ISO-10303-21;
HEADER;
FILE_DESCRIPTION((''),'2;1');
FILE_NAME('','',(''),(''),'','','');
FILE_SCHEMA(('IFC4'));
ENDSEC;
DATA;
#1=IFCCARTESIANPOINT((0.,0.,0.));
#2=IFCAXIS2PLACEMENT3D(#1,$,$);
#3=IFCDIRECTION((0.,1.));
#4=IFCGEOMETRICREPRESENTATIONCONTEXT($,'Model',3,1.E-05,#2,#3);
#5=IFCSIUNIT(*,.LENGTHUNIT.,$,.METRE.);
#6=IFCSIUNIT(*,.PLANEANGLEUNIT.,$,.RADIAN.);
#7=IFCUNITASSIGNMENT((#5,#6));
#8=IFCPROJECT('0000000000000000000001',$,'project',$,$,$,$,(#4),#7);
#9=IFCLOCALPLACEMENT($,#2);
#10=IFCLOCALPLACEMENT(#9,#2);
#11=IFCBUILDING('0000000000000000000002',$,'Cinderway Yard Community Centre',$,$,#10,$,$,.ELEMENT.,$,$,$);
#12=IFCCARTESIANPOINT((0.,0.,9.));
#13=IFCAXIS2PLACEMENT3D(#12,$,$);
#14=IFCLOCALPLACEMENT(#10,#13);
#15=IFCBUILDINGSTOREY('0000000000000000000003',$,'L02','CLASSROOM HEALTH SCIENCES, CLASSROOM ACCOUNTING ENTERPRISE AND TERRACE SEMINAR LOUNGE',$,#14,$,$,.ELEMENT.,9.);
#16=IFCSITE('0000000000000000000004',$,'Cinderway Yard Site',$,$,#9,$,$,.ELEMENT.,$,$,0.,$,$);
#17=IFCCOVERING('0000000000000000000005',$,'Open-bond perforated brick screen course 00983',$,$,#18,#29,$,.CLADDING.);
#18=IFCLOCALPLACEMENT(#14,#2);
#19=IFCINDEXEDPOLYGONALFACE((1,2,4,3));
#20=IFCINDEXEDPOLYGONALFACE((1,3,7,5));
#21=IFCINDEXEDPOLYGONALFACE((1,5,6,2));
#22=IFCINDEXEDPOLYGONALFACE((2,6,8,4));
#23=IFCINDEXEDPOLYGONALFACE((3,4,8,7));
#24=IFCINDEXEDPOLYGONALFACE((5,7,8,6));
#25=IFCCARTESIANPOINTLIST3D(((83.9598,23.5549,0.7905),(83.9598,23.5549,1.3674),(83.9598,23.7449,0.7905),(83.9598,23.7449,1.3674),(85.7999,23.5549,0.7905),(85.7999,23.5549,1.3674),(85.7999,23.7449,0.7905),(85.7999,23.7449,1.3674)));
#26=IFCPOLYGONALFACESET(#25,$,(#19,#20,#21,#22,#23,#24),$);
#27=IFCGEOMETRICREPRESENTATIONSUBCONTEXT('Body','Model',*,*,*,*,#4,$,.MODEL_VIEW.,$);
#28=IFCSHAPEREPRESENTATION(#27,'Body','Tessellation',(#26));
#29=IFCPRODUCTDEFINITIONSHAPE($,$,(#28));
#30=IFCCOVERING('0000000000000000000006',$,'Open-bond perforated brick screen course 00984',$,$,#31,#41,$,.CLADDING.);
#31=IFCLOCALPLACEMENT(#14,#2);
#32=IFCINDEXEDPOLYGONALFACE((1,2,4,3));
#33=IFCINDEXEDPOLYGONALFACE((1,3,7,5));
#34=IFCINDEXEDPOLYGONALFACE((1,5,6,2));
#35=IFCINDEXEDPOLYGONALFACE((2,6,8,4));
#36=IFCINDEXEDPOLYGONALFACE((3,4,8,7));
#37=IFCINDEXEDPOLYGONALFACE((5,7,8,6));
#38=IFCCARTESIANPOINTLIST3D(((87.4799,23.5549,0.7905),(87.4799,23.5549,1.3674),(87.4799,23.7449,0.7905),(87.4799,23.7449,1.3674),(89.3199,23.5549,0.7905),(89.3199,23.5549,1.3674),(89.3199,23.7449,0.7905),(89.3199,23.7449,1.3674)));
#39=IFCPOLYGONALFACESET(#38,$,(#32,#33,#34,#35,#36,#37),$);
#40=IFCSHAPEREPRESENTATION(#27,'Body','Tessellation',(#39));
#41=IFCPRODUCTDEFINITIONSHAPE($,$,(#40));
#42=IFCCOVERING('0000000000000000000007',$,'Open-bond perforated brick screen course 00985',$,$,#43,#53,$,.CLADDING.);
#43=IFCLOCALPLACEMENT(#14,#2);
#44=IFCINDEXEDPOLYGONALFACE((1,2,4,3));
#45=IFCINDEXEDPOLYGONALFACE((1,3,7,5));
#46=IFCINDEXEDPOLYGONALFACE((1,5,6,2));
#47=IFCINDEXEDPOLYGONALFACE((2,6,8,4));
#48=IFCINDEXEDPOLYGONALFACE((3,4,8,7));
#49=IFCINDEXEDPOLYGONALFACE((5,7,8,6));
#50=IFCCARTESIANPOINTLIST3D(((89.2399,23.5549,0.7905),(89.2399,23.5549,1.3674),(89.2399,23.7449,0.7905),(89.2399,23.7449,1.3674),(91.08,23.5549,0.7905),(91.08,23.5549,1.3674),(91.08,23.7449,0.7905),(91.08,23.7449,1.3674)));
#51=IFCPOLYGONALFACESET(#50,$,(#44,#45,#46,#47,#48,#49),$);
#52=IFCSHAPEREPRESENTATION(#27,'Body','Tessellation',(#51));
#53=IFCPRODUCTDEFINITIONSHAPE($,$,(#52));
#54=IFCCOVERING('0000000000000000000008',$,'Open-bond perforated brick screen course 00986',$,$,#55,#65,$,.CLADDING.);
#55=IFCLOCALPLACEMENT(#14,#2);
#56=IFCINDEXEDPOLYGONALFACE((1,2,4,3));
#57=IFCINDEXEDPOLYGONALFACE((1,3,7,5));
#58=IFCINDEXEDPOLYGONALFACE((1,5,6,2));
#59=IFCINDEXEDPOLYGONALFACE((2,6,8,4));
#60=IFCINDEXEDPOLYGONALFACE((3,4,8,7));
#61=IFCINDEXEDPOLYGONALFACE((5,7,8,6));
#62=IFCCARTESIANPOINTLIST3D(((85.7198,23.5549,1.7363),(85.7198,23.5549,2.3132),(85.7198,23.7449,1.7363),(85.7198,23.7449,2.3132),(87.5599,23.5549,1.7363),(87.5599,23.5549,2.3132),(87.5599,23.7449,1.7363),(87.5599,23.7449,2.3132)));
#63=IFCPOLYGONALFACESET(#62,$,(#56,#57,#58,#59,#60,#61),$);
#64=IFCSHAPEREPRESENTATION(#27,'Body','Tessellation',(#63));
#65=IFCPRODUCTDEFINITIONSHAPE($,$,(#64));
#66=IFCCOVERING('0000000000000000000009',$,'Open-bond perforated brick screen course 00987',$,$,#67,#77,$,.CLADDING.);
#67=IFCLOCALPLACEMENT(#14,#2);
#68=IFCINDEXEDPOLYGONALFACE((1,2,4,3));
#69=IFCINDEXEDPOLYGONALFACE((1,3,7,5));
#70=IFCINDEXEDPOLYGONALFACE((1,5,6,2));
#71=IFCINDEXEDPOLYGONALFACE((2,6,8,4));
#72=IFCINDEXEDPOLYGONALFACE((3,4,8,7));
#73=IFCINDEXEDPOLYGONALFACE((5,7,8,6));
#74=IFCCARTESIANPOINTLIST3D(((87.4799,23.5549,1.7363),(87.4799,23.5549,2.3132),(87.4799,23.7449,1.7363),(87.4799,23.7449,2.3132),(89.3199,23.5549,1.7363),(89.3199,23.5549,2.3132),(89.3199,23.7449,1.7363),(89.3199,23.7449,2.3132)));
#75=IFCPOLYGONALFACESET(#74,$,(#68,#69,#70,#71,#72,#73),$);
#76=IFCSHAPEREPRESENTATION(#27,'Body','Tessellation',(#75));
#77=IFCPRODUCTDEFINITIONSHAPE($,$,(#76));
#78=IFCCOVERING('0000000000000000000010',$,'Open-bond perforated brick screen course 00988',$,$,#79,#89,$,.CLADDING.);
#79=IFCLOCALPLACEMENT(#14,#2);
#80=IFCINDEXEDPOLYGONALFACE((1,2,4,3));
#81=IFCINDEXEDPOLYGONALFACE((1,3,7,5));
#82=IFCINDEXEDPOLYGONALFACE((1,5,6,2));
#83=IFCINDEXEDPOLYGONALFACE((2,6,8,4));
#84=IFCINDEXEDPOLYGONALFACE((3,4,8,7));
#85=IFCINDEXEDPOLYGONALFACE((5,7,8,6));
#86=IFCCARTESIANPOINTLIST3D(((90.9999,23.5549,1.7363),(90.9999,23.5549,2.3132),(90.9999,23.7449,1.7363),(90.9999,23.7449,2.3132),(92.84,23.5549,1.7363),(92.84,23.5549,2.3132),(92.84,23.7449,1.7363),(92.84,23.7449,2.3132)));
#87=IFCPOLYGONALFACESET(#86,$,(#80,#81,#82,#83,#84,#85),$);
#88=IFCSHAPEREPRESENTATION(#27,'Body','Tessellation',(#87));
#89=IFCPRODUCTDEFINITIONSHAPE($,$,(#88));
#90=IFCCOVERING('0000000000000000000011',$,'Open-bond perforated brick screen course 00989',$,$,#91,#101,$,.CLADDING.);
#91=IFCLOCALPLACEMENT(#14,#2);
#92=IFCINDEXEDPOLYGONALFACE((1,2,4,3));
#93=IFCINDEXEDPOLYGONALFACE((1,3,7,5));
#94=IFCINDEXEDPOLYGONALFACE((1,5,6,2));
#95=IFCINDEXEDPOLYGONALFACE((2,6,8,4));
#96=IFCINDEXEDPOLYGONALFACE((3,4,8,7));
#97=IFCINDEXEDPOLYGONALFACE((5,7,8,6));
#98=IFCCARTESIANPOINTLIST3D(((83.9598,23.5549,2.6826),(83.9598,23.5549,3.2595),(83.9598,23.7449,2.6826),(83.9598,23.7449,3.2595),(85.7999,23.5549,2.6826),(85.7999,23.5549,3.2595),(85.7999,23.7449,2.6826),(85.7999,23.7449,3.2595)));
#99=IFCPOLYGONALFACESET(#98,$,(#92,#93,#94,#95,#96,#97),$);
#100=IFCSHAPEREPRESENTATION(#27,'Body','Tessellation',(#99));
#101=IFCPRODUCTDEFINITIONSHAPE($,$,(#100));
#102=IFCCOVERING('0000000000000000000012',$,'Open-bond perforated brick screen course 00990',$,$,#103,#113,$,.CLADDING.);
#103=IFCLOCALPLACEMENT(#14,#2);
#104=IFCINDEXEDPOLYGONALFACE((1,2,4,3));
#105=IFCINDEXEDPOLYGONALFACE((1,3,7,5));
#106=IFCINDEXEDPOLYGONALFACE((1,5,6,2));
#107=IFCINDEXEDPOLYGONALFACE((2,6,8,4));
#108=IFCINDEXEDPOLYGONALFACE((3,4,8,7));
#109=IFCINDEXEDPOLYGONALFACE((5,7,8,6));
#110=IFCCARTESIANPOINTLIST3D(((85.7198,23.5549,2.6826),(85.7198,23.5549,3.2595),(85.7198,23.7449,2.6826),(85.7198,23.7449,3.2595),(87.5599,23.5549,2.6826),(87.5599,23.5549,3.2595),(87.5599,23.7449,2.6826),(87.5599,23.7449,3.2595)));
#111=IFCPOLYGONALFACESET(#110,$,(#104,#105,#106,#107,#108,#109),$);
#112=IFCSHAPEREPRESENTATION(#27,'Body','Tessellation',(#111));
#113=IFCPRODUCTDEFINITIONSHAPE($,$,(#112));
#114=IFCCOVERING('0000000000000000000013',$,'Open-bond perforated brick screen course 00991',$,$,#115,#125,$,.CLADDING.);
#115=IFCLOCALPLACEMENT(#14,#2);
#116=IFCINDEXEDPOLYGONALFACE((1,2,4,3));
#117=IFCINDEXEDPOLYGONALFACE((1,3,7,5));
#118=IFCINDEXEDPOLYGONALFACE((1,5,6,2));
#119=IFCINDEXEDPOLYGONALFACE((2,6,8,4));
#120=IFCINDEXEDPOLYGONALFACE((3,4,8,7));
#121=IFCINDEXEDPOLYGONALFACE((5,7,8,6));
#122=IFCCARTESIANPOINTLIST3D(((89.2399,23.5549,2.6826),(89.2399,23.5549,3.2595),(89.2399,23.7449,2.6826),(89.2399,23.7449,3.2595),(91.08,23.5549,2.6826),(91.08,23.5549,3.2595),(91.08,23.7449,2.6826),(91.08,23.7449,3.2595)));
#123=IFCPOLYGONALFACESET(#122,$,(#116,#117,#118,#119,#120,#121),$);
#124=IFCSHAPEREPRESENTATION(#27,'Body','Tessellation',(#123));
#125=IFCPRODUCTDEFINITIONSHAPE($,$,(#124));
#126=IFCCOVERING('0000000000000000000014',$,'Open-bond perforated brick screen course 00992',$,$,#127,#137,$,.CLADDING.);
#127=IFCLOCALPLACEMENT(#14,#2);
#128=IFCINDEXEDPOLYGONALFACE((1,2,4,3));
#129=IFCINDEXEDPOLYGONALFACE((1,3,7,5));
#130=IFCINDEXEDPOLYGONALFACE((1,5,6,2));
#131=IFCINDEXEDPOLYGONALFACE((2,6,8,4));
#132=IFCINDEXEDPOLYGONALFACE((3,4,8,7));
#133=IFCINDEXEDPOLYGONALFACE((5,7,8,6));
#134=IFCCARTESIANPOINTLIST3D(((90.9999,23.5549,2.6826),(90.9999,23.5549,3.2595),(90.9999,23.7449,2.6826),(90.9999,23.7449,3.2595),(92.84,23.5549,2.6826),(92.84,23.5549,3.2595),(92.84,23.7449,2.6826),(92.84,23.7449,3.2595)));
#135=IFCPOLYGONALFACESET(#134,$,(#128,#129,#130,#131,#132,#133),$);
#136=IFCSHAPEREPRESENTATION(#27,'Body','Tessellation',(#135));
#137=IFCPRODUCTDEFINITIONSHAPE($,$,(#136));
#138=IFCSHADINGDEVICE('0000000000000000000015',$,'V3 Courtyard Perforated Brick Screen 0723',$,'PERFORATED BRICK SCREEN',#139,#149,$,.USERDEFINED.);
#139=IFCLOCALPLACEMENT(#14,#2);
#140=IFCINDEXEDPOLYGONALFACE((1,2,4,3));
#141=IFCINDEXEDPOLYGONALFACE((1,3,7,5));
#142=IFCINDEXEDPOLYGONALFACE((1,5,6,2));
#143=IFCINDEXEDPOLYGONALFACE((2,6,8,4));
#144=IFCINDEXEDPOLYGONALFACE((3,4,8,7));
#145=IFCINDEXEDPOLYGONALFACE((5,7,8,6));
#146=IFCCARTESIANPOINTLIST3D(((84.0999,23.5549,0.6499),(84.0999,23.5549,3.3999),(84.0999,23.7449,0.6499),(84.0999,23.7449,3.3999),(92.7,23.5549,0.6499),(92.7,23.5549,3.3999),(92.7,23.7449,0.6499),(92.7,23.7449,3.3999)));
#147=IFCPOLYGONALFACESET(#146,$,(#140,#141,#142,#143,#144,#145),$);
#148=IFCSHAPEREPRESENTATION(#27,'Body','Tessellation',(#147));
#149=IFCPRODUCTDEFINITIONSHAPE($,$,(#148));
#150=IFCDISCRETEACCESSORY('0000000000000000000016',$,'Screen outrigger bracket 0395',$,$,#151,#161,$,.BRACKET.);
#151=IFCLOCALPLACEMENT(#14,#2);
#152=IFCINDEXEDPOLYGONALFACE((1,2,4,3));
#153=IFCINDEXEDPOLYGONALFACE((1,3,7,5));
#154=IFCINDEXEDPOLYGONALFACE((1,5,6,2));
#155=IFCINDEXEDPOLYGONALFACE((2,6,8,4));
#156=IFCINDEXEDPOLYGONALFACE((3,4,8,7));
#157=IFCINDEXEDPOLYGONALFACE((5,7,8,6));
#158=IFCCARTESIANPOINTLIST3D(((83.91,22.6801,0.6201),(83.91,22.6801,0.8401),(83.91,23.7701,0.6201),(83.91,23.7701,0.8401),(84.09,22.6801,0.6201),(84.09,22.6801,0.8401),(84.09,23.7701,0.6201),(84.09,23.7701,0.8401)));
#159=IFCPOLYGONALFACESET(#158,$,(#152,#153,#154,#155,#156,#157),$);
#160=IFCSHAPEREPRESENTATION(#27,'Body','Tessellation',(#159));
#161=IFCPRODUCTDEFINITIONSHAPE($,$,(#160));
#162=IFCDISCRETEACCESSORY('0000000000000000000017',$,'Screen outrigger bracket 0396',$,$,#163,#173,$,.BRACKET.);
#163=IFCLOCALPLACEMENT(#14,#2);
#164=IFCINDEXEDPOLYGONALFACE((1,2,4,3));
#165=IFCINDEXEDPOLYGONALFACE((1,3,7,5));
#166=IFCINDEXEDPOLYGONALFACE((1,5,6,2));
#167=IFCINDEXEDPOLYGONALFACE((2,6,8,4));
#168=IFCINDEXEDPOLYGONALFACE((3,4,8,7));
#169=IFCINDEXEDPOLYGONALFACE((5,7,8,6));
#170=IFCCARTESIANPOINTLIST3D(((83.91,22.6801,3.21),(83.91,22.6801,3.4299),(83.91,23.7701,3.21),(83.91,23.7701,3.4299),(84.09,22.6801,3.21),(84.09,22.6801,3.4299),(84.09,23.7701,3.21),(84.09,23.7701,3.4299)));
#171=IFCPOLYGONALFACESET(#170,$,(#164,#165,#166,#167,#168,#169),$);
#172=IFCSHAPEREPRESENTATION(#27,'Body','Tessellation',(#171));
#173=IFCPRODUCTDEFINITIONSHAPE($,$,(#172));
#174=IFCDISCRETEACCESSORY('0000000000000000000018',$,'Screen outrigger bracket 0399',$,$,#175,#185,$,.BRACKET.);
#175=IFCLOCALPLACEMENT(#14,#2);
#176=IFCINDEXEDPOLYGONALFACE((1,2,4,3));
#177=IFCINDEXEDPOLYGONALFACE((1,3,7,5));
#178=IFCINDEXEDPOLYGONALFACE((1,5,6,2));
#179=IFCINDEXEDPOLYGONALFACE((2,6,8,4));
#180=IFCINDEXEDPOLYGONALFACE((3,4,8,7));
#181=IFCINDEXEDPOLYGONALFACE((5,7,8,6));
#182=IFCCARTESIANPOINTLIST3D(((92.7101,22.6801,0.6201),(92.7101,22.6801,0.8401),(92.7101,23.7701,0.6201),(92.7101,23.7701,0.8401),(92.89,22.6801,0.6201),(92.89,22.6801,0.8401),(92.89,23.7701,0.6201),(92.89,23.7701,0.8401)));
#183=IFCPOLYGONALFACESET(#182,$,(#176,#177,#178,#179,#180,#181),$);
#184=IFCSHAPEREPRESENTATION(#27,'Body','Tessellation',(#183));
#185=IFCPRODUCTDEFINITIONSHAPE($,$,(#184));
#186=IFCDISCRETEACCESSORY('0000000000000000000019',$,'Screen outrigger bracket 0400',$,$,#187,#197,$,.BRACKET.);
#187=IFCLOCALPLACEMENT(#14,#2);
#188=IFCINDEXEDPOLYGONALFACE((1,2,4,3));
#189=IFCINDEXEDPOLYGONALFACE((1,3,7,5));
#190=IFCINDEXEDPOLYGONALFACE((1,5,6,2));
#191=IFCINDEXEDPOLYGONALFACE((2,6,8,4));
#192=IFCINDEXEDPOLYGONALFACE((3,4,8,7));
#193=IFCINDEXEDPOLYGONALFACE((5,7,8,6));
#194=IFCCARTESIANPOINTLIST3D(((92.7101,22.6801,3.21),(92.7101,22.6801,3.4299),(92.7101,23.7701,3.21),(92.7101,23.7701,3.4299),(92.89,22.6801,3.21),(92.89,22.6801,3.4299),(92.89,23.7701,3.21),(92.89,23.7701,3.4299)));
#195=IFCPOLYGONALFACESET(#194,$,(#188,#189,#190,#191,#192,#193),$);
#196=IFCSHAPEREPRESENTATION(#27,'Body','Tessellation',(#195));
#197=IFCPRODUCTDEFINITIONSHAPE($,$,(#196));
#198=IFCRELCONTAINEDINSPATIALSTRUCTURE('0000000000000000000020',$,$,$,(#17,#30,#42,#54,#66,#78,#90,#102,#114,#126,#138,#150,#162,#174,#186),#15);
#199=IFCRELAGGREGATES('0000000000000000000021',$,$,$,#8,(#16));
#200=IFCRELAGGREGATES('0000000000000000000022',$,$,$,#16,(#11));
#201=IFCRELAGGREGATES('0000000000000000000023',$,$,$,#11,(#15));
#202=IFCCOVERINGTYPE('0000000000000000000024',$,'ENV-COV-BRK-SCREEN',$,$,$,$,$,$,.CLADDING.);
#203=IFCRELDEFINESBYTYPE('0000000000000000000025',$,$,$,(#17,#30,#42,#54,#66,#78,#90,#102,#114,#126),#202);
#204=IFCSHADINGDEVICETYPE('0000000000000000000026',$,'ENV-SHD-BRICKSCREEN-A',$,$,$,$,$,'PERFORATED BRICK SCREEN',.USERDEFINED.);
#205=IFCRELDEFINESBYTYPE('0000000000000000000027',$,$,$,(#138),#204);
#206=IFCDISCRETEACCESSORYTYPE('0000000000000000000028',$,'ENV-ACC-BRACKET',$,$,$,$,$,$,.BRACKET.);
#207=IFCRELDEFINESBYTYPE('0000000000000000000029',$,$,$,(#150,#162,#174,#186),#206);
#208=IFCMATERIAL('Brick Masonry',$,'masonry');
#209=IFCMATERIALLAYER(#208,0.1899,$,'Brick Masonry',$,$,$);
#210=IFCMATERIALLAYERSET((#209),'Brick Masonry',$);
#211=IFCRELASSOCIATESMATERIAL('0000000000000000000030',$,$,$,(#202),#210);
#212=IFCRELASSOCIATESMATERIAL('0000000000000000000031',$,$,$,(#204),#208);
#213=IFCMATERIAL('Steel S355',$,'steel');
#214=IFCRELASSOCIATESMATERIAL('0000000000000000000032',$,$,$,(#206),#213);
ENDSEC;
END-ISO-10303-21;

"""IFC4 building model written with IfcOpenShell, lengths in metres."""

from ifc_helpers import new_model, si_unit, direction, frame, origin, origin_2d, place, context, subcontext, project, spatial, rectangle, extrude, material, layer, layer_set, type_object, element, save


model = new_model("IFC4")

# Units and contexts
model_context = context("Model", 3, precision=1e-05, world=origin(), true_north=direction((0.0, 1.0)))
body_context = subcontext(model_context, "Body", "Model", "MODEL_VIEW")
ifc_project = project(units=[si_unit("LENGTHUNIT", "METRE"), si_unit("PLANEANGLEUNIT", "RADIAN")], contexts=[model_context])

# Site, building, storey
site_placement = place(None, origin())
site = spatial("IfcSite", under=ifc_project, at=site_placement, Name="Cinderway Yard Site", CompositionType="ELEMENT", RefElevation=0.0)
building_placement = place(site_placement, origin())
building = spatial("IfcBuilding", under=site, at=building_placement, Name="Cinderway Yard Community Centre", CompositionType="ELEMENT")
storey_placement = place(building_placement, frame((0.0, 0.0, 9.0)))
storey = spatial("IfcBuildingStorey", under=building, at=storey_placement, Name="L02", Description="CLASSROOM HEALTH SCIENCES, CLASSROOM ACCOUNTING ENTERPRISE AND TERRACE SEMINAR LOUNGE", CompositionType="ELEMENT", Elevation=9.0)

# Shared definitions
ifc_material_1 = material(Name="Steel S355", Category="steel")

# Coverings
ifc_material_2 = material(Name="Brick Masonry", Category="masonry")
ifc_layer_1 = layer(ifc_material_2, 0.1899, Name="Brick Masonry")
ifc_layer_set_1 = layer_set([ifc_layer_1], Name="Brick Masonry")
covering_type = type_object("IfcCoveringType", Name="ENV-COV-BRK-SCREEN", PredefinedType="CLADDING", material=ifc_layer_set_1)
for number, where, z_axis, x_axis, name in (
    (1, (84.8799, 23.6499, 0.7905), (0.0, 0.0, 1.0), (1.0, 0.0, 0.0), "Open-bond perforated brick screen course 00983"),
    (2, (88.3999, 23.6499, 0.7905), (0.0, 0.0, 1.0), (1.0, 0.0, 0.0), "Open-bond perforated brick screen course 00984"),
    (3, (90.1599, 23.6499, 0.7905), (0.0, 0.0, 1.0), (1.0, 0.0, 0.0), "Open-bond perforated brick screen course 00985"),
    (4, (86.6399, 23.6499, 1.7363), (0.0, 0.0, 1.0), (1.0, 0.0, 0.0), "Open-bond perforated brick screen course 00986"),
    (5, (88.3999, 23.6499, 1.7363), (0.0, 0.0, 1.0), (1.0, 0.0, 0.0), "Open-bond perforated brick screen course 00987"),
    (6, (91.9199, 23.6499, 1.7363), (0.0, 0.0, 1.0), (1.0, 0.0, 0.0), "Open-bond perforated brick screen course 00988"),
    (7, (84.8799, 23.6499, 2.6826), (0.0, 0.0, 1.0), (1.0, 0.0, 0.0), "Open-bond perforated brick screen course 00989"),
    (8, (86.6399, 23.6499, 2.6826), (0.0, 0.0, 1.0), (1.0, 0.0, 0.0), "Open-bond perforated brick screen course 00990"),
    (9, (90.1599, 23.6499, 2.6826), (0.0, 0.0, 1.0), (1.0, 0.0, 0.0), "Open-bond perforated brick screen course 00991"),
    (10, (91.9199, 23.6499, 2.6826), (0.0, 0.0, 1.0), (1.0, 0.0, 0.0), "Open-bond perforated brick screen course 00992"),
):
    element("IfcCovering", number, at=place(storey_placement, frame(where, z_axis=z_axis, x_axis=x_axis)), inside=storey, type_object=covering_type, Name=name, PredefinedType="CLADDING", context=body_context, shape_type="SweptSolid", body=[
        extrude(rectangle(XDim=1.8401, YDim=0.1899, at=origin_2d()), origin(), (0.0, 0.0, 1.0), 0.5769),
    ])

# Shading device
shading_device_type = type_object("IfcShadingDeviceType", Name="ENV-SHD-BRICKSCREEN-A", ElementType="PERFORATED BRICK SCREEN", PredefinedType="USERDEFINED", material=ifc_material_2)
shading_device_placement = place(storey_placement, frame((88.3999, 23.6499, 0.6499), z_axis=(0.0, 0.0, 1.0), x_axis=(1.0, 0.0, 0.0)))
element("IfcShadingDevice", 11, at=shading_device_placement, inside=storey, type_object=shading_device_type, Name="V3 Courtyard Perforated Brick Screen 0723", ObjectType="PERFORATED BRICK SCREEN", PredefinedType="USERDEFINED", context=body_context, shape_type="SweptSolid", body=[
    extrude(rectangle(XDim=8.6001, YDim=0.1899, at=origin_2d()), origin(), (0.0, 0.0, 1.0), 2.75),
])

# Discrete accessories
discrete_accessory_type = type_object("IfcDiscreteAccessoryType", Name="ENV-ACC-BRACKET", PredefinedType="BRACKET", material=ifc_material_1)
for number, where, z_axis, x_axis, name in (
    (12, (84.0, 23.2251, 0.6201), (0.0, 0.0, 1.0), (0.0, 1.0, 0.0), "Screen outrigger bracket 0395"),
    (13, (84.0, 23.2251, 3.21), (0.0, 0.0, 1.0), (0.0, 1.0, 0.0), "Screen outrigger bracket 0396"),
    (14, (92.8, 23.2251, 0.6201), (0.0, 0.0, 1.0), (0.0, 1.0, 0.0), "Screen outrigger bracket 0399"),
    (15, (92.8, 23.2251, 3.21), (0.0, 0.0, 1.0), (0.0, 1.0, 0.0), "Screen outrigger bracket 0400"),
):
    element("IfcDiscreteAccessory", number, at=place(storey_placement, frame(where, z_axis=z_axis, x_axis=x_axis)), inside=storey, type_object=discrete_accessory_type, Name=name, PredefinedType="BRACKET", context=body_context, shape_type="SweptSolid", body=[
        extrude(rectangle(XDim=1.0901, YDim=0.1799, at=origin_2d()), origin(), (0.0, 0.0, 1.0), 0.22),
    ])

save(model, "model.ifc")
